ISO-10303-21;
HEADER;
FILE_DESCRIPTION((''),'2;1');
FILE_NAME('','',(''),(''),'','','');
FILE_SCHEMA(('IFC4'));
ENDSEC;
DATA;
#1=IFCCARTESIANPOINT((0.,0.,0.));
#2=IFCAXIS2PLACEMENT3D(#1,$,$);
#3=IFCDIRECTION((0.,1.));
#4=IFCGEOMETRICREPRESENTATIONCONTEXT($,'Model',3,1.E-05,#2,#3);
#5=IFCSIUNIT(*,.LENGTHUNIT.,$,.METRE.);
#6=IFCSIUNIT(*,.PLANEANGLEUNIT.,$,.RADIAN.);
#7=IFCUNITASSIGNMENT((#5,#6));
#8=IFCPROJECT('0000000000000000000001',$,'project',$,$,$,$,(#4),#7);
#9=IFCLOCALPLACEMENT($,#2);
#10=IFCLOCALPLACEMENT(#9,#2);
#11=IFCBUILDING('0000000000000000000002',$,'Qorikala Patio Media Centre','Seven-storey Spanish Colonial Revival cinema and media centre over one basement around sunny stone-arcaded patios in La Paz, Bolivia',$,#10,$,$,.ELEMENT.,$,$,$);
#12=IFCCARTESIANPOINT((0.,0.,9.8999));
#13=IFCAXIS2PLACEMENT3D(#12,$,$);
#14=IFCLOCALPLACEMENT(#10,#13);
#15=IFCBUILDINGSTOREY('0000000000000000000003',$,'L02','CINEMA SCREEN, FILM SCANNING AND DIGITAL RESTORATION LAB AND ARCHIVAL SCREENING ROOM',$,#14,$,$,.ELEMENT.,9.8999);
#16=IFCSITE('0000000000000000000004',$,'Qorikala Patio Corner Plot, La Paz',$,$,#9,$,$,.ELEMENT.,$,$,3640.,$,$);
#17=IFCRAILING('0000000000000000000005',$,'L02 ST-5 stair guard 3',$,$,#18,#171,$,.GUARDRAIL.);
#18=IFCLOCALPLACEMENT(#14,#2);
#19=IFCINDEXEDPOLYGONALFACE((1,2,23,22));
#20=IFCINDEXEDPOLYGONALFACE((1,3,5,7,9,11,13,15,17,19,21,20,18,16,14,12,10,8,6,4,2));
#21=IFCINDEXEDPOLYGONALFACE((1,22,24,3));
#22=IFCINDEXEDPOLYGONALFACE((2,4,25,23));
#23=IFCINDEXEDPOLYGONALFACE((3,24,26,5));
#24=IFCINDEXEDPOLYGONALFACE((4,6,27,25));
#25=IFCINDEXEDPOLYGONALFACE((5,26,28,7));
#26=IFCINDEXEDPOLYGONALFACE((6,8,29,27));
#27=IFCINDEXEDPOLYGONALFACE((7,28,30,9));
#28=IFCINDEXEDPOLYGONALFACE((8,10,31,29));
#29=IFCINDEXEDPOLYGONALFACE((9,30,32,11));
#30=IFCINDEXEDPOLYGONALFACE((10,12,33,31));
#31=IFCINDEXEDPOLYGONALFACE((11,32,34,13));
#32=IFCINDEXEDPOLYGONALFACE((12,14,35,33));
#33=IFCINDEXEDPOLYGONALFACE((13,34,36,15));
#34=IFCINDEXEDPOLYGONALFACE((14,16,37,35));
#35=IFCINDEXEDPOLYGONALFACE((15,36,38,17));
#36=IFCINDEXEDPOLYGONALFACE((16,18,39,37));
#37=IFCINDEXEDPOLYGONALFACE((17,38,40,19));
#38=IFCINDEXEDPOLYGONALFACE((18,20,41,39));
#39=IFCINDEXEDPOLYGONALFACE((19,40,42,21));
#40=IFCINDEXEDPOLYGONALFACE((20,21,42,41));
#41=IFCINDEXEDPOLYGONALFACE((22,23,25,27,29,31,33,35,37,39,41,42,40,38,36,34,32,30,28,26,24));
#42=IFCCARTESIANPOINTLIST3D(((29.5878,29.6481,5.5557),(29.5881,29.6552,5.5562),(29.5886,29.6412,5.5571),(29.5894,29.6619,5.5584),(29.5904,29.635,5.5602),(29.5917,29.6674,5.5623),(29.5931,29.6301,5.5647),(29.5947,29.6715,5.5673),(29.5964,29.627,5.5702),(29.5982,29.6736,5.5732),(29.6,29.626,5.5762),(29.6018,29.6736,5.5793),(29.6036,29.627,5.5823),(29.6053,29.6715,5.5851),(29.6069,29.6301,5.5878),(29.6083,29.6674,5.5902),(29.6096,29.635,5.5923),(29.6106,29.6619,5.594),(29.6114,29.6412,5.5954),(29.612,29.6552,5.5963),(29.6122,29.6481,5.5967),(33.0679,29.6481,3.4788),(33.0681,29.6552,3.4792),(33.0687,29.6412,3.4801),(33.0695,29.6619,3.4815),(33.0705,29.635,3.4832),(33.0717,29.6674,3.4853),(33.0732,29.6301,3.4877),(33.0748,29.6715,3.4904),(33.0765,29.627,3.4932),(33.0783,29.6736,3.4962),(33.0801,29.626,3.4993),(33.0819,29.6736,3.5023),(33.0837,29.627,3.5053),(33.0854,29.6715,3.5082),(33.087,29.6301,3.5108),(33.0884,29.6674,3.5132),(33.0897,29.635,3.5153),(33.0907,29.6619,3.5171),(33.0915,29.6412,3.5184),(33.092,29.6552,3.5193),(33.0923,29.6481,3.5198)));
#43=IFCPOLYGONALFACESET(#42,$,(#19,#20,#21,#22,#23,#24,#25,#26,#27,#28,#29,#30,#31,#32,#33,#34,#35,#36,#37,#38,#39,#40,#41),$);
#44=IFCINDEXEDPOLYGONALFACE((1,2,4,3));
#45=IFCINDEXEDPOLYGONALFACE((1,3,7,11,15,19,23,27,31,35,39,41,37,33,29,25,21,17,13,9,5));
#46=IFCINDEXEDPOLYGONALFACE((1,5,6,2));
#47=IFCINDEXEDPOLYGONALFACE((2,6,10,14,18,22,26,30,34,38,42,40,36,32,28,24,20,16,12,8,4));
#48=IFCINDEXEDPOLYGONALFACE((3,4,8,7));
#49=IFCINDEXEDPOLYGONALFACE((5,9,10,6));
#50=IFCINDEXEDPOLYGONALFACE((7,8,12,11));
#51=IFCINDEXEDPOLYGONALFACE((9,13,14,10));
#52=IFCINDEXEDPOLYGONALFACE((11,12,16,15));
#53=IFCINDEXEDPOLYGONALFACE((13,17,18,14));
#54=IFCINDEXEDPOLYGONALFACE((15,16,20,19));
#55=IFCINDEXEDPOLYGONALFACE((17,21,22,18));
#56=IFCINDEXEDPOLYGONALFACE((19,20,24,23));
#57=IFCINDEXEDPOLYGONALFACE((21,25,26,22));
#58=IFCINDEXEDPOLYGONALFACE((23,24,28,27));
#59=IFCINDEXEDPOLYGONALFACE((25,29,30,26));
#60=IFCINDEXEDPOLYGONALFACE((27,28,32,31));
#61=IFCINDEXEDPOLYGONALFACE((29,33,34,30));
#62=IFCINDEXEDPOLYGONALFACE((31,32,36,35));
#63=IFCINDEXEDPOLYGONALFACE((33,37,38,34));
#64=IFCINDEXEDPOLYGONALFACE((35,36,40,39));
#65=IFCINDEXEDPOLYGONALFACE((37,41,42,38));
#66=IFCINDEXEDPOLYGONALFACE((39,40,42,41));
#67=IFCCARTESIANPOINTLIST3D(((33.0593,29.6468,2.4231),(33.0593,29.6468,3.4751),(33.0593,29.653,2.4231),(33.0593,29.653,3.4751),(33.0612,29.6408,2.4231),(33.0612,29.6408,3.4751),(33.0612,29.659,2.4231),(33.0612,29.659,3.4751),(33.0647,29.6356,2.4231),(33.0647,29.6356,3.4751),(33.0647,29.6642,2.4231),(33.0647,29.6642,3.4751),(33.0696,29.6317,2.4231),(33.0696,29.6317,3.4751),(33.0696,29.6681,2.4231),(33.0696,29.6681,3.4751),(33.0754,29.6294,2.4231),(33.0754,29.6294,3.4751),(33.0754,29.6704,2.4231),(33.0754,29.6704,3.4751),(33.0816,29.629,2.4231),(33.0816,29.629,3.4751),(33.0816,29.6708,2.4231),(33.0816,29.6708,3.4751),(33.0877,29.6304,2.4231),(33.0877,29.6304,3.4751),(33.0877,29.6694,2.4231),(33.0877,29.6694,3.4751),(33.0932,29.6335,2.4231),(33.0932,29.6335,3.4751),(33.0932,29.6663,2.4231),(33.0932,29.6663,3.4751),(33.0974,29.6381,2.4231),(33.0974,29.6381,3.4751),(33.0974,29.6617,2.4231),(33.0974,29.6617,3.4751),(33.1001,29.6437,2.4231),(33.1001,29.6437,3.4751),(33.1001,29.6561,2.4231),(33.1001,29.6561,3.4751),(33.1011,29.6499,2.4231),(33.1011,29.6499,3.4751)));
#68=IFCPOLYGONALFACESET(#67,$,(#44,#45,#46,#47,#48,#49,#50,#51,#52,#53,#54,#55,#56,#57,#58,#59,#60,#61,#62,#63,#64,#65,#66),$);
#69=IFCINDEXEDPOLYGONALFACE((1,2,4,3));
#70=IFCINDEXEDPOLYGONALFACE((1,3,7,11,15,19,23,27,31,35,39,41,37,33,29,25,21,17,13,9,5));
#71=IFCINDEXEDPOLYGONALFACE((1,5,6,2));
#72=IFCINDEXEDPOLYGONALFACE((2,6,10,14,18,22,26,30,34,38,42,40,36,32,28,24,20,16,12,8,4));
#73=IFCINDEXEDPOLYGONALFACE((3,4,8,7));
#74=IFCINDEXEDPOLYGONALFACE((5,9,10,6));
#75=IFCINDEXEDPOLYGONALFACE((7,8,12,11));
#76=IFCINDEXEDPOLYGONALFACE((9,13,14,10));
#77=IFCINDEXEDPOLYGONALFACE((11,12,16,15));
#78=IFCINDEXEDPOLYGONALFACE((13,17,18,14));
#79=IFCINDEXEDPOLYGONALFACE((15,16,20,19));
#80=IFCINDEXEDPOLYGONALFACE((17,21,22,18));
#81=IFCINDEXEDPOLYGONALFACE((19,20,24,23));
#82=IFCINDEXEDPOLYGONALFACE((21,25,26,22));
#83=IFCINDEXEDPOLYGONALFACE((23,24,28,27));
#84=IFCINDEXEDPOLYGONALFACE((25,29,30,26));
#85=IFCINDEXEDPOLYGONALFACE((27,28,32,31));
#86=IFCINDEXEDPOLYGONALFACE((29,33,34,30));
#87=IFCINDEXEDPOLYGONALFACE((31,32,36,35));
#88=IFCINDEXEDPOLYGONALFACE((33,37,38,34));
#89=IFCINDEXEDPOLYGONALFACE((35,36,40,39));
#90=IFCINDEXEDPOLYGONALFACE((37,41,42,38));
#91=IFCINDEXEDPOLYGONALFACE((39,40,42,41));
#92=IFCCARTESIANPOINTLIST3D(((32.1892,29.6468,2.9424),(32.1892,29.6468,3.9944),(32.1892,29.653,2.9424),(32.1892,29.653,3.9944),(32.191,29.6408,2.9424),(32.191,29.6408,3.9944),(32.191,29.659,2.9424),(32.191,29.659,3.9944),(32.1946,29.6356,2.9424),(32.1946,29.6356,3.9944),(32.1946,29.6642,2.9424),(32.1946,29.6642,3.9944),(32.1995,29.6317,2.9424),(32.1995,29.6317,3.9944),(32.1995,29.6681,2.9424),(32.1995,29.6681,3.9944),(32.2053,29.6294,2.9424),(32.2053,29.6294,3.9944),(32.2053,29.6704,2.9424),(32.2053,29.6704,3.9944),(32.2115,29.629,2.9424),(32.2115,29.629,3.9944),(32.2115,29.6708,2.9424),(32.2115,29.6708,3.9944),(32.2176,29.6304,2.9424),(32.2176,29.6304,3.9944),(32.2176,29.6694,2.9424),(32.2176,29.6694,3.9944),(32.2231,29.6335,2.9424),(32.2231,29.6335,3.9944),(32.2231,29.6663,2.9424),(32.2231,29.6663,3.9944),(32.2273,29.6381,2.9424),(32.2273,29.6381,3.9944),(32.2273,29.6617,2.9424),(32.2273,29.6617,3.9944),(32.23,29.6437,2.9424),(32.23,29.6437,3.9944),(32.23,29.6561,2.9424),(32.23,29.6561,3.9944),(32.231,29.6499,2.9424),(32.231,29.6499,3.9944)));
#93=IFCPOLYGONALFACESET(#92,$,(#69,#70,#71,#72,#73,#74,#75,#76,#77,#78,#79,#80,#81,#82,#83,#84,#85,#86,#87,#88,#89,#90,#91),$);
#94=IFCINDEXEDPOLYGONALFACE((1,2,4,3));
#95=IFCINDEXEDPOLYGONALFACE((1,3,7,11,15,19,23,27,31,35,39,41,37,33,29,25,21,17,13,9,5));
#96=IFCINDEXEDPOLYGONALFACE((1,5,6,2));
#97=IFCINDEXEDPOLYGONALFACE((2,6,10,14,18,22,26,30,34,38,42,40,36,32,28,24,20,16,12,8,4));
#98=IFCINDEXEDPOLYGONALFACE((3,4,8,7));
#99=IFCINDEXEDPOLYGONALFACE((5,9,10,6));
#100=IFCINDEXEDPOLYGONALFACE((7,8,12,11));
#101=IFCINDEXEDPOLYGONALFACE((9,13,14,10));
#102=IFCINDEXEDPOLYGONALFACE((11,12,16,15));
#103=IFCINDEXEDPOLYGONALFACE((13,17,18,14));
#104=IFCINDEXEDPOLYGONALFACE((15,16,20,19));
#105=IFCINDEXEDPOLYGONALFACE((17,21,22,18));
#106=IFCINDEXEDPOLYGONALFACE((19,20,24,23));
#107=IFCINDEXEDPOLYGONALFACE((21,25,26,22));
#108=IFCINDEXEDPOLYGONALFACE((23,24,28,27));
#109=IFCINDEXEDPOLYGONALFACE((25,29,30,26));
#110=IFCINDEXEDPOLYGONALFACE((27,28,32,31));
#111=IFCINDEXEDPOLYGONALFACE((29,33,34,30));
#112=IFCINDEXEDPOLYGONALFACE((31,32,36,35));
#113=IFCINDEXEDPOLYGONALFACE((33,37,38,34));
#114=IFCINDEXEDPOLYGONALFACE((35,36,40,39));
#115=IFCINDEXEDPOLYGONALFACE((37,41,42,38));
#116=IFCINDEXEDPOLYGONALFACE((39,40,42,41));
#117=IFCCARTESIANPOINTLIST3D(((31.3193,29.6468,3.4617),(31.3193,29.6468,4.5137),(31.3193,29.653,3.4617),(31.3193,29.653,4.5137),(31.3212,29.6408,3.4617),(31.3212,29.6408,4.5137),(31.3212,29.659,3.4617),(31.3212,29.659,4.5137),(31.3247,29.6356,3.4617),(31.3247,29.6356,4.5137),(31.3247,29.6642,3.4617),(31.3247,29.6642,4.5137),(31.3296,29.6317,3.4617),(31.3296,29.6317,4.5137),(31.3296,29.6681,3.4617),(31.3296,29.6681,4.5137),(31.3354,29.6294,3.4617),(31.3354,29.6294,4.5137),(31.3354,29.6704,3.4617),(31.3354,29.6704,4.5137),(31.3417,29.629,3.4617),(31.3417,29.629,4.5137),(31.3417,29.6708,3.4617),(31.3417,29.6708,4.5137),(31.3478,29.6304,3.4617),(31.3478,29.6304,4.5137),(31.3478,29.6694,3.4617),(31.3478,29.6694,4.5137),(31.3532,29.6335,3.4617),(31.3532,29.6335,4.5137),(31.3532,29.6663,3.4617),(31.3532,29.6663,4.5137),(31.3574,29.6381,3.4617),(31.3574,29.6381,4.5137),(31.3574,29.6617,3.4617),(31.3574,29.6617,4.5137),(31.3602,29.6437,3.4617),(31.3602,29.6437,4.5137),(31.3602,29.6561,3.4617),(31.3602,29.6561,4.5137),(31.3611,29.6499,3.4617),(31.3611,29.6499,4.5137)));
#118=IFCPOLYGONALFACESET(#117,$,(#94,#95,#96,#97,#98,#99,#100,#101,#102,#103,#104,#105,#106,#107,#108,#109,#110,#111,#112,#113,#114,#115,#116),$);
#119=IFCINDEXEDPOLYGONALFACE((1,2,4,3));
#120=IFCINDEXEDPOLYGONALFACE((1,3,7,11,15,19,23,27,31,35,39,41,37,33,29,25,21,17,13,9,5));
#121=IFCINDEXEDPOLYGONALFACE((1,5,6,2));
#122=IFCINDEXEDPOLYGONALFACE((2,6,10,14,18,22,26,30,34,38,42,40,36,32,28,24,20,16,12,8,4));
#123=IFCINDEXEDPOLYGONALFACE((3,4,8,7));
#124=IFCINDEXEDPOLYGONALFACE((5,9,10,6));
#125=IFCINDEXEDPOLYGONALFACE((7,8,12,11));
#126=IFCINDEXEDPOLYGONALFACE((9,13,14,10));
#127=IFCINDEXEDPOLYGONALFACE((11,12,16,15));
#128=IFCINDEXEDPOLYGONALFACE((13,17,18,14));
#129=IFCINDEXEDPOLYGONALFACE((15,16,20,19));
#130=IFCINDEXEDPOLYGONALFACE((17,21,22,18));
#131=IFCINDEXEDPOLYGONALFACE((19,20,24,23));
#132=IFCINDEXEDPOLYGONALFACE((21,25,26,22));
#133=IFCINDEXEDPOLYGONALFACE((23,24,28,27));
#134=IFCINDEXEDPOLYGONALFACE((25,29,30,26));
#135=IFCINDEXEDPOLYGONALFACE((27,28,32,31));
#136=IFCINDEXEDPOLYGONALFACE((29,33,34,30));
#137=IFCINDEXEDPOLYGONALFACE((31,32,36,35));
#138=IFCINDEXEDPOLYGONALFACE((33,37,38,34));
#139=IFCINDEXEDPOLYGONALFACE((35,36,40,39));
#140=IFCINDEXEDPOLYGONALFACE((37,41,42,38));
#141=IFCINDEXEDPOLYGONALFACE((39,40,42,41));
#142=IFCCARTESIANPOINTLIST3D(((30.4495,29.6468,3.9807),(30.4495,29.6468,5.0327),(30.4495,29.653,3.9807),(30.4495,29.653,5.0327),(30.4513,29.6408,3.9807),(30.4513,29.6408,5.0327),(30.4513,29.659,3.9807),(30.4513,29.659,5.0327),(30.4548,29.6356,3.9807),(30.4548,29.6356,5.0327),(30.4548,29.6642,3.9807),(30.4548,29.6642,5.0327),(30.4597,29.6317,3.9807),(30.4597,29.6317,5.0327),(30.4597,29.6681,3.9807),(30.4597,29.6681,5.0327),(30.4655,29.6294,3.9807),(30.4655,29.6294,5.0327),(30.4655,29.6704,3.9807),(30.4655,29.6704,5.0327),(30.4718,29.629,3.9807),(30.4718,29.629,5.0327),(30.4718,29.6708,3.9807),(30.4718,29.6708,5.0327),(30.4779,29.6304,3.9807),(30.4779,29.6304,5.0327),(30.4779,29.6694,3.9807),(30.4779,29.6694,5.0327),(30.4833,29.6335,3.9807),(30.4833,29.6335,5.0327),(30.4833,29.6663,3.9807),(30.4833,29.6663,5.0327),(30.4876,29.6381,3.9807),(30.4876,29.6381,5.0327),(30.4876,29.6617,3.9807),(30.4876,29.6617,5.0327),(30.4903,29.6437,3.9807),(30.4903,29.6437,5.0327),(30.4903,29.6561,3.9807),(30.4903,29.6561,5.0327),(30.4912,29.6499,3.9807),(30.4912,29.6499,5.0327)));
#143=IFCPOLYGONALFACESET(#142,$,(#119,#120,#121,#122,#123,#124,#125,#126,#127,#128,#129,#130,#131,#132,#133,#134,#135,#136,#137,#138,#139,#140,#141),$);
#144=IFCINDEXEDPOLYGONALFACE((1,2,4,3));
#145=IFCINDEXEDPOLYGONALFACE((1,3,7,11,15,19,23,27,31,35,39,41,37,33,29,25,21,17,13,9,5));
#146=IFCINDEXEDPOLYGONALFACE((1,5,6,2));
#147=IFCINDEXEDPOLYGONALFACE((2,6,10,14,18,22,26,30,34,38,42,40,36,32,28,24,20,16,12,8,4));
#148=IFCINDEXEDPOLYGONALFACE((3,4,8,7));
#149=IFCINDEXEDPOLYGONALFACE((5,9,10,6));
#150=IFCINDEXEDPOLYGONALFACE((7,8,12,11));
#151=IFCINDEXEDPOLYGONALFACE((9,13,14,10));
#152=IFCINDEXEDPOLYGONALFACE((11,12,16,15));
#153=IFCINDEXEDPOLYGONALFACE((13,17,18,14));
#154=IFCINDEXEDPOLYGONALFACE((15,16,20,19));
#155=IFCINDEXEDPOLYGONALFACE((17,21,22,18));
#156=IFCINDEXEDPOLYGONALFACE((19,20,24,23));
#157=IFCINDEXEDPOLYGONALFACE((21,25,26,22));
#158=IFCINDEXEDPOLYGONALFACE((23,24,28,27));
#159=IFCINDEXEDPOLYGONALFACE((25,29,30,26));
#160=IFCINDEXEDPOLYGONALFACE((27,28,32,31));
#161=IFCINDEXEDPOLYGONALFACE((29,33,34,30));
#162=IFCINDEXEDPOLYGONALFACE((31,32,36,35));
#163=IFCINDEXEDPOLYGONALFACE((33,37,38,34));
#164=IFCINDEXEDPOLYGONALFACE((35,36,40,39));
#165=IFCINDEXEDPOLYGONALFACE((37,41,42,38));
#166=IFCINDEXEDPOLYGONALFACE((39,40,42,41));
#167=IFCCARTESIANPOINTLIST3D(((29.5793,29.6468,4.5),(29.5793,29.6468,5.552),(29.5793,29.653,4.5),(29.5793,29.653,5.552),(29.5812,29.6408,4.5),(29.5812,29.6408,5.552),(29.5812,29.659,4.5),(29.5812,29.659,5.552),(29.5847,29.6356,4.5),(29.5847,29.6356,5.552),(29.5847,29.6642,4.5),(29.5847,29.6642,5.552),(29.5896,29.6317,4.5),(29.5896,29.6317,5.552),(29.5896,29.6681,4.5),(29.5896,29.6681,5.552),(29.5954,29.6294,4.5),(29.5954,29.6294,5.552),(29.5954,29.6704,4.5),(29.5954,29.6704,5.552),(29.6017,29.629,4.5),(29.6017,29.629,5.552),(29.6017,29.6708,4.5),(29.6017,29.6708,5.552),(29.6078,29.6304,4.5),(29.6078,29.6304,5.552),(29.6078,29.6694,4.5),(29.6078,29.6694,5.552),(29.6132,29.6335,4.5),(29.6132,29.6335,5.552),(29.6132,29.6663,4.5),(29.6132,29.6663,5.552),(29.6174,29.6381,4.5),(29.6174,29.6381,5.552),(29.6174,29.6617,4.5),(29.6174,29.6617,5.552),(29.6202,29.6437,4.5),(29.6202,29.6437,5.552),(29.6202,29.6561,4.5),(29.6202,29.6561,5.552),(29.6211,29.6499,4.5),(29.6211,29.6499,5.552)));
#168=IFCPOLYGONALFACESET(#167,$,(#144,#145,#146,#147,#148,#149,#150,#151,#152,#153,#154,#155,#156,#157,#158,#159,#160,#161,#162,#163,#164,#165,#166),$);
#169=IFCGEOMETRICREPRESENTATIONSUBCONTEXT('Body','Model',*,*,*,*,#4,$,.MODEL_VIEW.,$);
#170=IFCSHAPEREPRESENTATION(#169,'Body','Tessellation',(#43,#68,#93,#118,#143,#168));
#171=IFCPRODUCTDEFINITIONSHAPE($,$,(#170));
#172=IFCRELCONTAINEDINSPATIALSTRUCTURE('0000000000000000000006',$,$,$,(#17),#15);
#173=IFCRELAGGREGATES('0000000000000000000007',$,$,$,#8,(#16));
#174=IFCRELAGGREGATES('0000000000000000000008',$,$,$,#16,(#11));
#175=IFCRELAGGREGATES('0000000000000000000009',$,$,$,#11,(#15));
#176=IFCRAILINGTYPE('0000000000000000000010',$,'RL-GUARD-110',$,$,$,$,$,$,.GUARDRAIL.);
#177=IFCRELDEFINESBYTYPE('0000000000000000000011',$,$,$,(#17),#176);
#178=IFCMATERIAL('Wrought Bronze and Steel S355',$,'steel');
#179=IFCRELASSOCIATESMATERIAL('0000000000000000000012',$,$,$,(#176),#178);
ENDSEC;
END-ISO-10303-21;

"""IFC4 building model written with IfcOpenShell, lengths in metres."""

from ifc_helpers import new_model, si_unit, direction, frame, origin, origin_2d, place, context, subcontext, project, spatial, circle, extrude, material, type_object, element, save


model = new_model("IFC4")

# Units and contexts
model_context = context("Model", 3, precision=1e-05, world=origin(), true_north=direction((0.0, 1.0)))
body_context = subcontext(model_context, "Body", "Model", "MODEL_VIEW")
ifc_project = project(units=[si_unit("LENGTHUNIT", "METRE"), si_unit("PLANEANGLEUNIT", "RADIAN")], contexts=[model_context])

# Site, building, storey
site_placement = place(None, origin())
site = spatial("IfcSite", under=ifc_project, at=site_placement, Name="Qorikala Patio Corner Plot, La Paz", CompositionType="ELEMENT", RefElevation=3640.0)
building_placement = place(site_placement, origin())
building = spatial("IfcBuilding", under=site, at=building_placement, Name="Qorikala Patio Media Centre", Description="Seven-storey Spanish Colonial Revival cinema and media centre over one basement around sunny stone-arcaded patios in La Paz, Bolivia", CompositionType="ELEMENT")
storey_placement = place(building_placement, frame((0.0, 0.0, 9.8999)))
storey = spatial("IfcBuildingStorey", under=building, at=storey_placement, Name="L02", Description="CINEMA SCREEN, FILM SCANNING AND DIGITAL RESTORATION LAB AND ARCHIVAL SCREENING ROOM", CompositionType="ELEMENT", Elevation=9.8999)

# Railing
ifc_material_1 = material(Name="Wrought Bronze and Steel S355", Category="steel")
railing_type_1 = type_object("IfcRailingType", Name="RL-GUARD-110", PredefinedType="GUARDRAIL", material=ifc_material_1)
railing_1_placement = place(storey_placement, frame((33.0801, 29.6499, 2.4231)))
element("IfcRailing", 1, at=railing_1_placement, inside=storey, type_object=railing_type_1, Name="L02 ST-5 stair guard 3", PredefinedType="GUARDRAIL", context=body_context, shape_type="SweptSolid", body=[
    extrude(circle(Radius=0.0239, at=origin_2d()), frame((0.0, 0.0, 1.0762), z_axis=(-0.858697, 0.0, 0.512483), x_axis=(0.0, -1.0, 0.0)), (0.0, 0.0, 1.0), 4.0527),
    extrude(circle(Radius=0.021, at=origin_2d()), origin(), (0.0, 0.0, 1.0), 1.052),
    extrude(circle(Radius=0.021, at=origin_2d()), frame((-0.8701, 0.0, 0.5193)), (0.0, 0.0, 1.0), 1.052),
    extrude(circle(Radius=0.021, at=origin_2d()), frame((-1.74, 0.0, 1.0386)), (0.0, 0.0, 1.0), 1.052),
    extrude(circle(Radius=0.021, at=origin_2d()), frame((-2.6099, 0.0, 1.5576)), (0.0, 0.0, 1.0), 1.052),
    extrude(circle(Radius=0.021, at=origin_2d()), frame((-3.48, 0.0, 2.0769)), (0.0, 0.0, 1.0), 1.052),
])

save(model, "model.ifc")
